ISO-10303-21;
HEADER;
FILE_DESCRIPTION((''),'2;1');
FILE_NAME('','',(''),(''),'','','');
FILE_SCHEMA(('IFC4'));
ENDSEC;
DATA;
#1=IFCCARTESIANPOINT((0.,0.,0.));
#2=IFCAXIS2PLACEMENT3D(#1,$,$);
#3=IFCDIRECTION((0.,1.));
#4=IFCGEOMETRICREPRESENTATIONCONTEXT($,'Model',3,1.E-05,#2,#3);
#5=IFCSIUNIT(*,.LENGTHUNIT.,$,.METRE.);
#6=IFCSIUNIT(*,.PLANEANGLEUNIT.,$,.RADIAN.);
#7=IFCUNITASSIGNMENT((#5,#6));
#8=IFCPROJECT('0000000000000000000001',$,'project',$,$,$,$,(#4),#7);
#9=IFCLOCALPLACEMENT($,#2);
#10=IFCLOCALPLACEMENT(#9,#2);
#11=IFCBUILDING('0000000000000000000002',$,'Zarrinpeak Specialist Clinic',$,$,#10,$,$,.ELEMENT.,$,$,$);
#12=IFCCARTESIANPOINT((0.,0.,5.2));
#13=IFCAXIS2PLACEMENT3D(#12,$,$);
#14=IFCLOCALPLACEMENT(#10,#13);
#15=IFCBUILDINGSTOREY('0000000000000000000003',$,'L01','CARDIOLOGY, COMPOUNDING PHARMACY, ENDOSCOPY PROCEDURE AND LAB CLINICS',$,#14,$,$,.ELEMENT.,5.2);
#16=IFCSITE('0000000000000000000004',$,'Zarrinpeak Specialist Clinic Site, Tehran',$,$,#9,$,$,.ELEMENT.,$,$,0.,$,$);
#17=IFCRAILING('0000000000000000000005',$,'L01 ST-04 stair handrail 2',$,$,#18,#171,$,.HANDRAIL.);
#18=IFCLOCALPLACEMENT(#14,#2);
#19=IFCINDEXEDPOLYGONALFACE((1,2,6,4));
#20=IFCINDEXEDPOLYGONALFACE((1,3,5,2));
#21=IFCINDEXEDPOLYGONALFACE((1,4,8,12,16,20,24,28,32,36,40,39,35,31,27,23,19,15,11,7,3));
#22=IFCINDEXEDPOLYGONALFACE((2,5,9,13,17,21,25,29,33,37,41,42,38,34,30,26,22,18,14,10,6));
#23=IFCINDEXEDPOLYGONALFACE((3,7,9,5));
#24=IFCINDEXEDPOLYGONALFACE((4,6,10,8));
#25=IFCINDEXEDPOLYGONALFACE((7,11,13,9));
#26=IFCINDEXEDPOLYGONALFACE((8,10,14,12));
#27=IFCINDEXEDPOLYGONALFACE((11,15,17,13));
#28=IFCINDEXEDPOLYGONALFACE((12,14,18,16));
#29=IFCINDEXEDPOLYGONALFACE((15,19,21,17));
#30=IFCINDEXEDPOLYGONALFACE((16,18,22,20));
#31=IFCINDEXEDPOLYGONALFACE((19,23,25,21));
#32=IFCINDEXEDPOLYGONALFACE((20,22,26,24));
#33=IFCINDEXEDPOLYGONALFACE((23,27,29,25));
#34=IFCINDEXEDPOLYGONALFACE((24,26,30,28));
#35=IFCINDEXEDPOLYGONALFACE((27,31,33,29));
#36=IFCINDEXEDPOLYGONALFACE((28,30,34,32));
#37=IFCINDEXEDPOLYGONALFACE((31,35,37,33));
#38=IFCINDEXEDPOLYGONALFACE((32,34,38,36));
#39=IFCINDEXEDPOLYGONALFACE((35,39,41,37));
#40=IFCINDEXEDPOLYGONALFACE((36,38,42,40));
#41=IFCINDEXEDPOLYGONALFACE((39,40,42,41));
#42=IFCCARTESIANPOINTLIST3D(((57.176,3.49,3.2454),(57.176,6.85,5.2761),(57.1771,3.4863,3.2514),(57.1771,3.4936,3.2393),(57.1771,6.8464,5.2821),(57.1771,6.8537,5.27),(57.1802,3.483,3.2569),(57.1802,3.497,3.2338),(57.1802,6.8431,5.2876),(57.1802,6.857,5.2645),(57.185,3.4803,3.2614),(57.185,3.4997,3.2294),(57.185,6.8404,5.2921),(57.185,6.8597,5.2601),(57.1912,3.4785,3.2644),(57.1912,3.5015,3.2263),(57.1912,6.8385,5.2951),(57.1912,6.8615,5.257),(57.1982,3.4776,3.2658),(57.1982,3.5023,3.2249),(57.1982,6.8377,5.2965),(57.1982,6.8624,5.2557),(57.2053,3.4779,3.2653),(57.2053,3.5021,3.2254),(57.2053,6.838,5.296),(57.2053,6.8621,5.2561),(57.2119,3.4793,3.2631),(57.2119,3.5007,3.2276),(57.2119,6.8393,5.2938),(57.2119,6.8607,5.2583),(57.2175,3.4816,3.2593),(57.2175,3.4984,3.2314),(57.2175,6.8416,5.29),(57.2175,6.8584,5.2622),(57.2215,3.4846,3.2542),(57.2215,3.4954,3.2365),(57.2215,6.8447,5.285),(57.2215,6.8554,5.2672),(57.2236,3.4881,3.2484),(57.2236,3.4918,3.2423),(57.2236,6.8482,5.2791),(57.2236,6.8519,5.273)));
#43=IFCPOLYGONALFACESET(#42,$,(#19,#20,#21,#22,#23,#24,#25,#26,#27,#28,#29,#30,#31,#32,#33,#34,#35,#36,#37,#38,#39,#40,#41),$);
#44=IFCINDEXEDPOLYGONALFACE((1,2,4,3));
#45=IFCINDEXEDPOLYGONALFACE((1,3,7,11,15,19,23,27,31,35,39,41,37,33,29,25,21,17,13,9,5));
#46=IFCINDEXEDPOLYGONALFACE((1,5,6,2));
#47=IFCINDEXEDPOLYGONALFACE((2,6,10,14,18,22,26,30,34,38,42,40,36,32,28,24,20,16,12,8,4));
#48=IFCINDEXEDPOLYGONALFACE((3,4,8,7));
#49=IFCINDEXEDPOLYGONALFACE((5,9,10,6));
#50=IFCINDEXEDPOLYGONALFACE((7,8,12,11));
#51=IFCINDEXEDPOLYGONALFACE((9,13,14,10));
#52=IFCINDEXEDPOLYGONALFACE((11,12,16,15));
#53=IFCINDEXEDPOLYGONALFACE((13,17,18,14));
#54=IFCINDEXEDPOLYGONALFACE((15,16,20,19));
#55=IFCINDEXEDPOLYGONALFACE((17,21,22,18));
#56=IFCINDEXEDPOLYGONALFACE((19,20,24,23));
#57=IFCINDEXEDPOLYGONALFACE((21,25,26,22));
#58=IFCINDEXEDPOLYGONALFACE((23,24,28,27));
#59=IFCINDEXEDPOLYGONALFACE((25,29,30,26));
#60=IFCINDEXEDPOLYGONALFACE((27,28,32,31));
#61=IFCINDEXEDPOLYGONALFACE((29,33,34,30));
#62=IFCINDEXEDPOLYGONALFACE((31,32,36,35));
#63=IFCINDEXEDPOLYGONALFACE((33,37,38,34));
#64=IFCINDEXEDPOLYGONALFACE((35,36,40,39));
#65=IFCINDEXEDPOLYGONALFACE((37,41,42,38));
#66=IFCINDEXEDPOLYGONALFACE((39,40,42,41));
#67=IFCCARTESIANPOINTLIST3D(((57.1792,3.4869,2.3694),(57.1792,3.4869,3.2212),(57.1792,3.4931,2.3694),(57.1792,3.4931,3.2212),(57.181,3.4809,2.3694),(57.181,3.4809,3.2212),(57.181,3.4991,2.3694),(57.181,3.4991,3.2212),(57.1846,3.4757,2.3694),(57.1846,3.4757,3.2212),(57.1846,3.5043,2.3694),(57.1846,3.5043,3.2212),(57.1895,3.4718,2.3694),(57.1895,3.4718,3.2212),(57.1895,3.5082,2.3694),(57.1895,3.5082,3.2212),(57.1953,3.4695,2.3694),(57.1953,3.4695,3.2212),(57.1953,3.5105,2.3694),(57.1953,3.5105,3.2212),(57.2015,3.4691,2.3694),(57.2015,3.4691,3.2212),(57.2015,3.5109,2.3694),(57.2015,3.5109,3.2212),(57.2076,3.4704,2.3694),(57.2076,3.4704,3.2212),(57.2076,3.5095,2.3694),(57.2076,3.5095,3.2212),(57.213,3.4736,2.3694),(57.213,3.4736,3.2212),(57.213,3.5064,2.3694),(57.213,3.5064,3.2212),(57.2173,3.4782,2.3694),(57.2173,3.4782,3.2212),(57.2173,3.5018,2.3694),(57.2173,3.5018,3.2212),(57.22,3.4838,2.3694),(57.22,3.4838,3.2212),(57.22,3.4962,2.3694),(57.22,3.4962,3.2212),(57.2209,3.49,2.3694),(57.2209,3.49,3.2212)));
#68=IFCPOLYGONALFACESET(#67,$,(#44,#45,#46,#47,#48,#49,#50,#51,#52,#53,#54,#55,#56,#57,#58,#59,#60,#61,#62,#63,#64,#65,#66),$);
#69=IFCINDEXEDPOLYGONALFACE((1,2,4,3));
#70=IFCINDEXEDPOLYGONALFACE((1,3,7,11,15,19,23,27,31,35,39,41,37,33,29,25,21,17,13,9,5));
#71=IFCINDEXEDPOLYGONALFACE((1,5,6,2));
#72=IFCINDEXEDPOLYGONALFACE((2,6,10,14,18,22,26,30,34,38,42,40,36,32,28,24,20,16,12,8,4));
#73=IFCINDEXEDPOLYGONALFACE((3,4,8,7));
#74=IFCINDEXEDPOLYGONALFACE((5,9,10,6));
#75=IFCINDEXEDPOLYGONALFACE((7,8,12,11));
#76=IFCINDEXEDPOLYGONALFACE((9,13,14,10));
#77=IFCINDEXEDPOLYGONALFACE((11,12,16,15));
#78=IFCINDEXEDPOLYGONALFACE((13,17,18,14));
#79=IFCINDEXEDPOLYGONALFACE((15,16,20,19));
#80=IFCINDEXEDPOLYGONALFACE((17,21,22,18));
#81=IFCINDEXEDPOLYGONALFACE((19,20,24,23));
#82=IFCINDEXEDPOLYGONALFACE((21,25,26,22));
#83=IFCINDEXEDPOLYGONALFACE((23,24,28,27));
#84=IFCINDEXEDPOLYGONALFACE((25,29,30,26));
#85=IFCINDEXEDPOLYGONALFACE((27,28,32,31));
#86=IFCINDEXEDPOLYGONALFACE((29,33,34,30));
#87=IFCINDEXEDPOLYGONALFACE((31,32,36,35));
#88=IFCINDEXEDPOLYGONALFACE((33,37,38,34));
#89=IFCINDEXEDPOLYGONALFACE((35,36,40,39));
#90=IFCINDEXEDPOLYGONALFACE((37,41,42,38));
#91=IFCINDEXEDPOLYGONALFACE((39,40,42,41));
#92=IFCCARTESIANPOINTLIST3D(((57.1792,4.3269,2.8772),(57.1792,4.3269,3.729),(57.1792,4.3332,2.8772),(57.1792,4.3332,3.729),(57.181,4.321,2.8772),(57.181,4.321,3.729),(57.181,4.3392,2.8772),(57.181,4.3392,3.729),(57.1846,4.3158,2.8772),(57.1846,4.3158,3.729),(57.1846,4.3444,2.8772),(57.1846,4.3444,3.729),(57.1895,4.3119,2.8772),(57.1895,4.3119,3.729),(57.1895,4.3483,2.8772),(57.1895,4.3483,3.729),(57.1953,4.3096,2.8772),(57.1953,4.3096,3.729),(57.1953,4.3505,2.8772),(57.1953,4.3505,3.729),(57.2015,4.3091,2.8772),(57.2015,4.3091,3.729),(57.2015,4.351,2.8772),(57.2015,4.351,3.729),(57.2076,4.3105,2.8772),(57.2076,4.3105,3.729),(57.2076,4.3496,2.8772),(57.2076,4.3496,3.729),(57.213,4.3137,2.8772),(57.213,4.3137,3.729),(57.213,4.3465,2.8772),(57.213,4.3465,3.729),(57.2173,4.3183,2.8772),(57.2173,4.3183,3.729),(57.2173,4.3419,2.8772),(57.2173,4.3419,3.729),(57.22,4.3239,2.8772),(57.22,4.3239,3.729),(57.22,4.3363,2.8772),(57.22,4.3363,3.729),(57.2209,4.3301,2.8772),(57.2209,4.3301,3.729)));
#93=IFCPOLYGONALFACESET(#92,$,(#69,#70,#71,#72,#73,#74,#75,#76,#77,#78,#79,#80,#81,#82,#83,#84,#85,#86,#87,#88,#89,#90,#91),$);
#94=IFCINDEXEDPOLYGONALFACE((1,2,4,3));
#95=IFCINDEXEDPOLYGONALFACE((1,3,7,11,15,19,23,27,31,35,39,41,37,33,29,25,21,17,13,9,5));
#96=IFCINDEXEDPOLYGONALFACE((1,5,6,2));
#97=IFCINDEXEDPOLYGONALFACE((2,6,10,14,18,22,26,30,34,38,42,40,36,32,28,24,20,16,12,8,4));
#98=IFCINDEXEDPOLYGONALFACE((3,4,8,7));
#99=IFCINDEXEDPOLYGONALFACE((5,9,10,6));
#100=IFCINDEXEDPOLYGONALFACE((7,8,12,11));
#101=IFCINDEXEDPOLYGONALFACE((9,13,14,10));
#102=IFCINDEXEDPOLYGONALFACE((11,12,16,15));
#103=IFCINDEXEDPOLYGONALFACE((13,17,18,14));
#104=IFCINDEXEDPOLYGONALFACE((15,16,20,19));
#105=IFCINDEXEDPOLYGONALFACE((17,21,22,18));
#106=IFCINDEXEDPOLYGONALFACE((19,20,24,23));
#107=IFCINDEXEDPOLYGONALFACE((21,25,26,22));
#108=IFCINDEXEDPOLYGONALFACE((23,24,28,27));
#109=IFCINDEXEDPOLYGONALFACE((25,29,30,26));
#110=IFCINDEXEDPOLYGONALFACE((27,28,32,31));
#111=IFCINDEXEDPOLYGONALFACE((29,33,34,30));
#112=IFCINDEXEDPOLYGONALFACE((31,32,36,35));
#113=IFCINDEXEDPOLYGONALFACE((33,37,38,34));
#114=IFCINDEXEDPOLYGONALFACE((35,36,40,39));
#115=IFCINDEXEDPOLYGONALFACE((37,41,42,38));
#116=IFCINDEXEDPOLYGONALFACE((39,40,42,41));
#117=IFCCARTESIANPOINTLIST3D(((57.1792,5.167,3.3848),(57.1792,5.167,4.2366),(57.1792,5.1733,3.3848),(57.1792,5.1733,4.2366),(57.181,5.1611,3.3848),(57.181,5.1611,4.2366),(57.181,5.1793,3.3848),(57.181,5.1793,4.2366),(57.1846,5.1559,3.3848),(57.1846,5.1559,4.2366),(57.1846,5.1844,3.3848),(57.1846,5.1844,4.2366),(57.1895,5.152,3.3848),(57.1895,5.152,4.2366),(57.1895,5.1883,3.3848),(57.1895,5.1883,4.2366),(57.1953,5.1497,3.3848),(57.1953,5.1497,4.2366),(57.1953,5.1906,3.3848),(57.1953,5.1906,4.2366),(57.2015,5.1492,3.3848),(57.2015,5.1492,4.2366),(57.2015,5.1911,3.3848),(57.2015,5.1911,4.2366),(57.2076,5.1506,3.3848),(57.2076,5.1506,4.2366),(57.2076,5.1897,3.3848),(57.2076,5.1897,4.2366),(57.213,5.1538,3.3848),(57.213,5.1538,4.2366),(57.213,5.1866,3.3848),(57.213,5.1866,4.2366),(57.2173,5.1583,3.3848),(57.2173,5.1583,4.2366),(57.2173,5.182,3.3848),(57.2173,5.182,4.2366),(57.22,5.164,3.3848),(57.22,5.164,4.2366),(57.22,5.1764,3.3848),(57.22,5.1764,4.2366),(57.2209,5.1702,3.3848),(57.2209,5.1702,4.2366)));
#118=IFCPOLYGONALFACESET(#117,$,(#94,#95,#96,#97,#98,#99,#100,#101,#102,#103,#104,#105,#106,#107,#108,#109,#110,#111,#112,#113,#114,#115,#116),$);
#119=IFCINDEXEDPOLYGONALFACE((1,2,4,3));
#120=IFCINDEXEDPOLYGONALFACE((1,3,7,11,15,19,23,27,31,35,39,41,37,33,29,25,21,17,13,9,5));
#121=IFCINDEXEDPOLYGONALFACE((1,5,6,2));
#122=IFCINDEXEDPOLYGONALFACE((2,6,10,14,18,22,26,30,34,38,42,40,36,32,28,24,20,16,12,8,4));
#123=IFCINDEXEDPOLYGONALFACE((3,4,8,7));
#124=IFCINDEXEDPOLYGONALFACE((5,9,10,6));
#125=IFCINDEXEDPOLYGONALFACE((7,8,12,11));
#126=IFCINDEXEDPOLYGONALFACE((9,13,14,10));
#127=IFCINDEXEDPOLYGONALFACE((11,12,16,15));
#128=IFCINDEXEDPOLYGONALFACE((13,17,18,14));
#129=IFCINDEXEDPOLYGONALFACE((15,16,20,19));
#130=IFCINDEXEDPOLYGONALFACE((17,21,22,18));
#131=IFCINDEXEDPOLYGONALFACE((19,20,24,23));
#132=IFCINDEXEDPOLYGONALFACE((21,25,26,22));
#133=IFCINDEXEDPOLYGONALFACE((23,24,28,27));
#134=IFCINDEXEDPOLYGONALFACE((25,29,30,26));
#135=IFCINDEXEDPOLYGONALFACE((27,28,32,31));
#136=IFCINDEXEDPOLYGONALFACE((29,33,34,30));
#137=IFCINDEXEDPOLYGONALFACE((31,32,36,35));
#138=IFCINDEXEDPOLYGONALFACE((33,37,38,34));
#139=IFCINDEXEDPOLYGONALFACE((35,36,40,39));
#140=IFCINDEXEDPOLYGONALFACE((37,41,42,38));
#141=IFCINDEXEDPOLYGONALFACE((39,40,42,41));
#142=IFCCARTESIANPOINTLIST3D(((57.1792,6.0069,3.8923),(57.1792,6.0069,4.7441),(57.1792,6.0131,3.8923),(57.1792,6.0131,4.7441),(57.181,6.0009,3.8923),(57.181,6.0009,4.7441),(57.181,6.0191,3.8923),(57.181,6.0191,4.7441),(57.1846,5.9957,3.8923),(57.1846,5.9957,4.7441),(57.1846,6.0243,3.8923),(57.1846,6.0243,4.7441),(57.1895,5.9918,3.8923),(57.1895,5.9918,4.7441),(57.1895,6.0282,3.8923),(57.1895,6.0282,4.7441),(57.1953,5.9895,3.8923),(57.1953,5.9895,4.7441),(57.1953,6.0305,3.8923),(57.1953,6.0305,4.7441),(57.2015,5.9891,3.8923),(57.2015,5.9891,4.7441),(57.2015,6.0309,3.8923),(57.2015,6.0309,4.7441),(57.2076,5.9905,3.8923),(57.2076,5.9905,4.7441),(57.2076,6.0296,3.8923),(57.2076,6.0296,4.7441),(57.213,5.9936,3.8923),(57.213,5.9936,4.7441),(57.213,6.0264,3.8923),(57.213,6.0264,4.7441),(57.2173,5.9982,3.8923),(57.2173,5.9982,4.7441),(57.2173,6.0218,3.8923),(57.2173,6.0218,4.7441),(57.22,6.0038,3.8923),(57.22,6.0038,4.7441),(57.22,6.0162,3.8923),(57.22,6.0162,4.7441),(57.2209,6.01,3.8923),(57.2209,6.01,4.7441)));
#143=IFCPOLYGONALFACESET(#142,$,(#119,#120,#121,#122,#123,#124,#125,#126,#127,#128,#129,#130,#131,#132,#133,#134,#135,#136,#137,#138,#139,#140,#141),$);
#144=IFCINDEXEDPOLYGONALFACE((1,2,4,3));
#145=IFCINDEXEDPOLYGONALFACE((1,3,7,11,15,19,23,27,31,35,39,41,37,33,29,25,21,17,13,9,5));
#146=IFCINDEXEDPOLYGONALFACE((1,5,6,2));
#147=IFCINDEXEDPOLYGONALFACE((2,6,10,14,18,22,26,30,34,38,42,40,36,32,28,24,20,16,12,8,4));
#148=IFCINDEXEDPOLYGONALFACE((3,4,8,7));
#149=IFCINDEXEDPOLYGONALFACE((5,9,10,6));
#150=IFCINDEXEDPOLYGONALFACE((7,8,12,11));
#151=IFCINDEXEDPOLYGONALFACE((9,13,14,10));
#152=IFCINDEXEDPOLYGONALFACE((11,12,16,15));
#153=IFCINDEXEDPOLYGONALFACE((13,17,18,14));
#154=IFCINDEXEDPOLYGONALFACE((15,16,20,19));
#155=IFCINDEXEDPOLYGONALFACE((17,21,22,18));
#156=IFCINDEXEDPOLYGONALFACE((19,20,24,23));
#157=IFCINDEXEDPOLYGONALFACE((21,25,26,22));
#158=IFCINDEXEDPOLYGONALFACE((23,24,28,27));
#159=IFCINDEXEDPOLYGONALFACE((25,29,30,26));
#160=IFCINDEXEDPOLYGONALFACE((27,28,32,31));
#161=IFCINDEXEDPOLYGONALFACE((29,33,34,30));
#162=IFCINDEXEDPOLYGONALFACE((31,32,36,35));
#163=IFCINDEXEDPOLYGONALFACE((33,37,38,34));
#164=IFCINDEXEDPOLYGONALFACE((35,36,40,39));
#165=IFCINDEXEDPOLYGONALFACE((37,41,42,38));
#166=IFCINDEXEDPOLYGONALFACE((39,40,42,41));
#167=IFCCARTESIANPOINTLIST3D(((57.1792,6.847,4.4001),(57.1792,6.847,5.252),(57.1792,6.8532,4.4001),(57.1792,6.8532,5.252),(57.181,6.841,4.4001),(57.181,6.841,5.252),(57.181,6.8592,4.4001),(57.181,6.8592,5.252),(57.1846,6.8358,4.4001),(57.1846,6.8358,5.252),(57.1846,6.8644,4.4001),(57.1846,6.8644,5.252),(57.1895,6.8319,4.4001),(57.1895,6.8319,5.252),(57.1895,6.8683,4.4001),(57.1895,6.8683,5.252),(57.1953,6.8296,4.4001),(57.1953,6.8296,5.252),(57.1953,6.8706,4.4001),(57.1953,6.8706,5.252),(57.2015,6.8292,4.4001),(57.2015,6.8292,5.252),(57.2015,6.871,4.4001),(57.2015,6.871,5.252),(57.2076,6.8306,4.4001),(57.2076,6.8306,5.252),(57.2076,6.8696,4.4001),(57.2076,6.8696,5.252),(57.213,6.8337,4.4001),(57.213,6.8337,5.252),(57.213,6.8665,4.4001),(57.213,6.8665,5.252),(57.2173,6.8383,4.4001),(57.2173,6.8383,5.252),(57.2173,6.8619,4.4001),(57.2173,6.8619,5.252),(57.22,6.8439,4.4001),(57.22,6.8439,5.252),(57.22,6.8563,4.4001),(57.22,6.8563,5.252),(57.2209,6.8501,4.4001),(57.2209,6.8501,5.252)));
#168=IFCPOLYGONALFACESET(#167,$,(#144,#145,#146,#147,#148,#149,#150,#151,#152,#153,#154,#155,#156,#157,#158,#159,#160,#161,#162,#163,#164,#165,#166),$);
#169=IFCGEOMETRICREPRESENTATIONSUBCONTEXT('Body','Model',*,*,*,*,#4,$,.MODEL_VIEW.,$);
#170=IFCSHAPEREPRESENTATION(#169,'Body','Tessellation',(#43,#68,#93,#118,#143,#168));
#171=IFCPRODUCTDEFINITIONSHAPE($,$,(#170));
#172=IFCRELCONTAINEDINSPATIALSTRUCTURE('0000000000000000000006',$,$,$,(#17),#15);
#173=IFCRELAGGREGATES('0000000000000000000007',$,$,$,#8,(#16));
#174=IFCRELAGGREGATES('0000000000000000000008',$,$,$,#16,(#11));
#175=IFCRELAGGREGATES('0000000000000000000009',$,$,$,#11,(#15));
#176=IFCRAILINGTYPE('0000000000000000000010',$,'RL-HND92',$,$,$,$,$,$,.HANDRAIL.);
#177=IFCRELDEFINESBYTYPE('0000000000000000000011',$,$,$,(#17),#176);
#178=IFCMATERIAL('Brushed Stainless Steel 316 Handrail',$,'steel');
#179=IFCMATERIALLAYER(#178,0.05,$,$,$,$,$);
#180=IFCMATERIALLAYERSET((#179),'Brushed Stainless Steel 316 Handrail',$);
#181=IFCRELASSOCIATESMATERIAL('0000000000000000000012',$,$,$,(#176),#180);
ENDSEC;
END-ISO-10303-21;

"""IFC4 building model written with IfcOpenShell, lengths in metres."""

from ifc_helpers import new_model, si_unit, direction, frame, origin, origin_2d, place, context, subcontext, project, spatial, circle, extrude, material, layer, layer_set, type_object, element, save


model = new_model("IFC4")

# Units and contexts
model_context = context("Model", 3, precision=1e-05, world=origin(), true_north=direction((0.0, 1.0)))
body_context = subcontext(model_context, "Body", "Model", "MODEL_VIEW")
ifc_project = project(units=[si_unit("LENGTHUNIT", "METRE"), si_unit("PLANEANGLEUNIT", "RADIAN")], contexts=[model_context])

# Site, building, storey
site_placement = place(None, origin())
site = spatial("IfcSite", under=ifc_project, at=site_placement, Name="Zarrinpeak Specialist Clinic Site, Tehran", CompositionType="ELEMENT", RefElevation=0.0)
building_placement = place(site_placement, origin())
building = spatial("IfcBuilding", under=site, at=building_placement, Name="Zarrinpeak Specialist Clinic", CompositionType="ELEMENT")
storey_placement = place(building_placement, frame((0.0, 0.0, 5.2)))
storey = spatial("IfcBuildingStorey", under=building, at=storey_placement, Name="L01", Description="CARDIOLOGY, COMPOUNDING PHARMACY, ENDOSCOPY PROCEDURE AND LAB CLINICS", CompositionType="ELEMENT", Elevation=5.2)

# Railing
ifc_material_1 = material(Name="Brushed Stainless Steel 316 Handrail", Category="steel")
ifc_layer_1 = layer(ifc_material_1, 0.05)
ifc_layer_set_1 = layer_set([ifc_layer_1], Name="Brushed Stainless Steel 316 Handrail")
railing_type_1 = type_object("IfcRailingType", Name="RL-HND92", PredefinedType="HANDRAIL", material=ifc_layer_set_1)
railing_1_placement = place(storey_placement, frame((57.2, 3.49, 2.3694)))
element("IfcRailing", 1, at=railing_1_placement, inside=storey, type_object=railing_type_1, Name="L01 ST-04 stair handrail 2", PredefinedType="HANDRAIL", context=body_context, shape_type="SweptSolid", body=[
    extrude(circle(Radius=0.0239, at=origin_2d()), frame((0.0, 0.0, 0.876), z_axis=(0.0, 0.855837, 0.517246), x_axis=(-1.0, 0.0, 0.0)), (0.0, 0.0, 1.0), 3.926),
    extrude(circle(Radius=0.021, at=origin_2d()), origin(), (0.0, 0.0, 1.0), 0.8518),
    extrude(circle(Radius=0.021, at=origin_2d()), frame((0.0, 0.8401, 0.5078)), (0.0, 0.0, 1.0), 0.8518),
    extrude(circle(Radius=0.021, at=origin_2d()), frame((0.0, 1.6802, 1.0154)), (0.0, 0.0, 1.0), 0.8518),
    extrude(circle(Radius=0.021, at=origin_2d()), frame((0.0, 2.52, 1.5229)), (0.0, 0.0, 1.0), 0.8518),
    extrude(circle(Radius=0.021, at=origin_2d()), frame((0.0, 3.3601, 2.0308)), (0.0, 0.0, 1.0), 0.8518),
])

save(model, "model.ifc")
